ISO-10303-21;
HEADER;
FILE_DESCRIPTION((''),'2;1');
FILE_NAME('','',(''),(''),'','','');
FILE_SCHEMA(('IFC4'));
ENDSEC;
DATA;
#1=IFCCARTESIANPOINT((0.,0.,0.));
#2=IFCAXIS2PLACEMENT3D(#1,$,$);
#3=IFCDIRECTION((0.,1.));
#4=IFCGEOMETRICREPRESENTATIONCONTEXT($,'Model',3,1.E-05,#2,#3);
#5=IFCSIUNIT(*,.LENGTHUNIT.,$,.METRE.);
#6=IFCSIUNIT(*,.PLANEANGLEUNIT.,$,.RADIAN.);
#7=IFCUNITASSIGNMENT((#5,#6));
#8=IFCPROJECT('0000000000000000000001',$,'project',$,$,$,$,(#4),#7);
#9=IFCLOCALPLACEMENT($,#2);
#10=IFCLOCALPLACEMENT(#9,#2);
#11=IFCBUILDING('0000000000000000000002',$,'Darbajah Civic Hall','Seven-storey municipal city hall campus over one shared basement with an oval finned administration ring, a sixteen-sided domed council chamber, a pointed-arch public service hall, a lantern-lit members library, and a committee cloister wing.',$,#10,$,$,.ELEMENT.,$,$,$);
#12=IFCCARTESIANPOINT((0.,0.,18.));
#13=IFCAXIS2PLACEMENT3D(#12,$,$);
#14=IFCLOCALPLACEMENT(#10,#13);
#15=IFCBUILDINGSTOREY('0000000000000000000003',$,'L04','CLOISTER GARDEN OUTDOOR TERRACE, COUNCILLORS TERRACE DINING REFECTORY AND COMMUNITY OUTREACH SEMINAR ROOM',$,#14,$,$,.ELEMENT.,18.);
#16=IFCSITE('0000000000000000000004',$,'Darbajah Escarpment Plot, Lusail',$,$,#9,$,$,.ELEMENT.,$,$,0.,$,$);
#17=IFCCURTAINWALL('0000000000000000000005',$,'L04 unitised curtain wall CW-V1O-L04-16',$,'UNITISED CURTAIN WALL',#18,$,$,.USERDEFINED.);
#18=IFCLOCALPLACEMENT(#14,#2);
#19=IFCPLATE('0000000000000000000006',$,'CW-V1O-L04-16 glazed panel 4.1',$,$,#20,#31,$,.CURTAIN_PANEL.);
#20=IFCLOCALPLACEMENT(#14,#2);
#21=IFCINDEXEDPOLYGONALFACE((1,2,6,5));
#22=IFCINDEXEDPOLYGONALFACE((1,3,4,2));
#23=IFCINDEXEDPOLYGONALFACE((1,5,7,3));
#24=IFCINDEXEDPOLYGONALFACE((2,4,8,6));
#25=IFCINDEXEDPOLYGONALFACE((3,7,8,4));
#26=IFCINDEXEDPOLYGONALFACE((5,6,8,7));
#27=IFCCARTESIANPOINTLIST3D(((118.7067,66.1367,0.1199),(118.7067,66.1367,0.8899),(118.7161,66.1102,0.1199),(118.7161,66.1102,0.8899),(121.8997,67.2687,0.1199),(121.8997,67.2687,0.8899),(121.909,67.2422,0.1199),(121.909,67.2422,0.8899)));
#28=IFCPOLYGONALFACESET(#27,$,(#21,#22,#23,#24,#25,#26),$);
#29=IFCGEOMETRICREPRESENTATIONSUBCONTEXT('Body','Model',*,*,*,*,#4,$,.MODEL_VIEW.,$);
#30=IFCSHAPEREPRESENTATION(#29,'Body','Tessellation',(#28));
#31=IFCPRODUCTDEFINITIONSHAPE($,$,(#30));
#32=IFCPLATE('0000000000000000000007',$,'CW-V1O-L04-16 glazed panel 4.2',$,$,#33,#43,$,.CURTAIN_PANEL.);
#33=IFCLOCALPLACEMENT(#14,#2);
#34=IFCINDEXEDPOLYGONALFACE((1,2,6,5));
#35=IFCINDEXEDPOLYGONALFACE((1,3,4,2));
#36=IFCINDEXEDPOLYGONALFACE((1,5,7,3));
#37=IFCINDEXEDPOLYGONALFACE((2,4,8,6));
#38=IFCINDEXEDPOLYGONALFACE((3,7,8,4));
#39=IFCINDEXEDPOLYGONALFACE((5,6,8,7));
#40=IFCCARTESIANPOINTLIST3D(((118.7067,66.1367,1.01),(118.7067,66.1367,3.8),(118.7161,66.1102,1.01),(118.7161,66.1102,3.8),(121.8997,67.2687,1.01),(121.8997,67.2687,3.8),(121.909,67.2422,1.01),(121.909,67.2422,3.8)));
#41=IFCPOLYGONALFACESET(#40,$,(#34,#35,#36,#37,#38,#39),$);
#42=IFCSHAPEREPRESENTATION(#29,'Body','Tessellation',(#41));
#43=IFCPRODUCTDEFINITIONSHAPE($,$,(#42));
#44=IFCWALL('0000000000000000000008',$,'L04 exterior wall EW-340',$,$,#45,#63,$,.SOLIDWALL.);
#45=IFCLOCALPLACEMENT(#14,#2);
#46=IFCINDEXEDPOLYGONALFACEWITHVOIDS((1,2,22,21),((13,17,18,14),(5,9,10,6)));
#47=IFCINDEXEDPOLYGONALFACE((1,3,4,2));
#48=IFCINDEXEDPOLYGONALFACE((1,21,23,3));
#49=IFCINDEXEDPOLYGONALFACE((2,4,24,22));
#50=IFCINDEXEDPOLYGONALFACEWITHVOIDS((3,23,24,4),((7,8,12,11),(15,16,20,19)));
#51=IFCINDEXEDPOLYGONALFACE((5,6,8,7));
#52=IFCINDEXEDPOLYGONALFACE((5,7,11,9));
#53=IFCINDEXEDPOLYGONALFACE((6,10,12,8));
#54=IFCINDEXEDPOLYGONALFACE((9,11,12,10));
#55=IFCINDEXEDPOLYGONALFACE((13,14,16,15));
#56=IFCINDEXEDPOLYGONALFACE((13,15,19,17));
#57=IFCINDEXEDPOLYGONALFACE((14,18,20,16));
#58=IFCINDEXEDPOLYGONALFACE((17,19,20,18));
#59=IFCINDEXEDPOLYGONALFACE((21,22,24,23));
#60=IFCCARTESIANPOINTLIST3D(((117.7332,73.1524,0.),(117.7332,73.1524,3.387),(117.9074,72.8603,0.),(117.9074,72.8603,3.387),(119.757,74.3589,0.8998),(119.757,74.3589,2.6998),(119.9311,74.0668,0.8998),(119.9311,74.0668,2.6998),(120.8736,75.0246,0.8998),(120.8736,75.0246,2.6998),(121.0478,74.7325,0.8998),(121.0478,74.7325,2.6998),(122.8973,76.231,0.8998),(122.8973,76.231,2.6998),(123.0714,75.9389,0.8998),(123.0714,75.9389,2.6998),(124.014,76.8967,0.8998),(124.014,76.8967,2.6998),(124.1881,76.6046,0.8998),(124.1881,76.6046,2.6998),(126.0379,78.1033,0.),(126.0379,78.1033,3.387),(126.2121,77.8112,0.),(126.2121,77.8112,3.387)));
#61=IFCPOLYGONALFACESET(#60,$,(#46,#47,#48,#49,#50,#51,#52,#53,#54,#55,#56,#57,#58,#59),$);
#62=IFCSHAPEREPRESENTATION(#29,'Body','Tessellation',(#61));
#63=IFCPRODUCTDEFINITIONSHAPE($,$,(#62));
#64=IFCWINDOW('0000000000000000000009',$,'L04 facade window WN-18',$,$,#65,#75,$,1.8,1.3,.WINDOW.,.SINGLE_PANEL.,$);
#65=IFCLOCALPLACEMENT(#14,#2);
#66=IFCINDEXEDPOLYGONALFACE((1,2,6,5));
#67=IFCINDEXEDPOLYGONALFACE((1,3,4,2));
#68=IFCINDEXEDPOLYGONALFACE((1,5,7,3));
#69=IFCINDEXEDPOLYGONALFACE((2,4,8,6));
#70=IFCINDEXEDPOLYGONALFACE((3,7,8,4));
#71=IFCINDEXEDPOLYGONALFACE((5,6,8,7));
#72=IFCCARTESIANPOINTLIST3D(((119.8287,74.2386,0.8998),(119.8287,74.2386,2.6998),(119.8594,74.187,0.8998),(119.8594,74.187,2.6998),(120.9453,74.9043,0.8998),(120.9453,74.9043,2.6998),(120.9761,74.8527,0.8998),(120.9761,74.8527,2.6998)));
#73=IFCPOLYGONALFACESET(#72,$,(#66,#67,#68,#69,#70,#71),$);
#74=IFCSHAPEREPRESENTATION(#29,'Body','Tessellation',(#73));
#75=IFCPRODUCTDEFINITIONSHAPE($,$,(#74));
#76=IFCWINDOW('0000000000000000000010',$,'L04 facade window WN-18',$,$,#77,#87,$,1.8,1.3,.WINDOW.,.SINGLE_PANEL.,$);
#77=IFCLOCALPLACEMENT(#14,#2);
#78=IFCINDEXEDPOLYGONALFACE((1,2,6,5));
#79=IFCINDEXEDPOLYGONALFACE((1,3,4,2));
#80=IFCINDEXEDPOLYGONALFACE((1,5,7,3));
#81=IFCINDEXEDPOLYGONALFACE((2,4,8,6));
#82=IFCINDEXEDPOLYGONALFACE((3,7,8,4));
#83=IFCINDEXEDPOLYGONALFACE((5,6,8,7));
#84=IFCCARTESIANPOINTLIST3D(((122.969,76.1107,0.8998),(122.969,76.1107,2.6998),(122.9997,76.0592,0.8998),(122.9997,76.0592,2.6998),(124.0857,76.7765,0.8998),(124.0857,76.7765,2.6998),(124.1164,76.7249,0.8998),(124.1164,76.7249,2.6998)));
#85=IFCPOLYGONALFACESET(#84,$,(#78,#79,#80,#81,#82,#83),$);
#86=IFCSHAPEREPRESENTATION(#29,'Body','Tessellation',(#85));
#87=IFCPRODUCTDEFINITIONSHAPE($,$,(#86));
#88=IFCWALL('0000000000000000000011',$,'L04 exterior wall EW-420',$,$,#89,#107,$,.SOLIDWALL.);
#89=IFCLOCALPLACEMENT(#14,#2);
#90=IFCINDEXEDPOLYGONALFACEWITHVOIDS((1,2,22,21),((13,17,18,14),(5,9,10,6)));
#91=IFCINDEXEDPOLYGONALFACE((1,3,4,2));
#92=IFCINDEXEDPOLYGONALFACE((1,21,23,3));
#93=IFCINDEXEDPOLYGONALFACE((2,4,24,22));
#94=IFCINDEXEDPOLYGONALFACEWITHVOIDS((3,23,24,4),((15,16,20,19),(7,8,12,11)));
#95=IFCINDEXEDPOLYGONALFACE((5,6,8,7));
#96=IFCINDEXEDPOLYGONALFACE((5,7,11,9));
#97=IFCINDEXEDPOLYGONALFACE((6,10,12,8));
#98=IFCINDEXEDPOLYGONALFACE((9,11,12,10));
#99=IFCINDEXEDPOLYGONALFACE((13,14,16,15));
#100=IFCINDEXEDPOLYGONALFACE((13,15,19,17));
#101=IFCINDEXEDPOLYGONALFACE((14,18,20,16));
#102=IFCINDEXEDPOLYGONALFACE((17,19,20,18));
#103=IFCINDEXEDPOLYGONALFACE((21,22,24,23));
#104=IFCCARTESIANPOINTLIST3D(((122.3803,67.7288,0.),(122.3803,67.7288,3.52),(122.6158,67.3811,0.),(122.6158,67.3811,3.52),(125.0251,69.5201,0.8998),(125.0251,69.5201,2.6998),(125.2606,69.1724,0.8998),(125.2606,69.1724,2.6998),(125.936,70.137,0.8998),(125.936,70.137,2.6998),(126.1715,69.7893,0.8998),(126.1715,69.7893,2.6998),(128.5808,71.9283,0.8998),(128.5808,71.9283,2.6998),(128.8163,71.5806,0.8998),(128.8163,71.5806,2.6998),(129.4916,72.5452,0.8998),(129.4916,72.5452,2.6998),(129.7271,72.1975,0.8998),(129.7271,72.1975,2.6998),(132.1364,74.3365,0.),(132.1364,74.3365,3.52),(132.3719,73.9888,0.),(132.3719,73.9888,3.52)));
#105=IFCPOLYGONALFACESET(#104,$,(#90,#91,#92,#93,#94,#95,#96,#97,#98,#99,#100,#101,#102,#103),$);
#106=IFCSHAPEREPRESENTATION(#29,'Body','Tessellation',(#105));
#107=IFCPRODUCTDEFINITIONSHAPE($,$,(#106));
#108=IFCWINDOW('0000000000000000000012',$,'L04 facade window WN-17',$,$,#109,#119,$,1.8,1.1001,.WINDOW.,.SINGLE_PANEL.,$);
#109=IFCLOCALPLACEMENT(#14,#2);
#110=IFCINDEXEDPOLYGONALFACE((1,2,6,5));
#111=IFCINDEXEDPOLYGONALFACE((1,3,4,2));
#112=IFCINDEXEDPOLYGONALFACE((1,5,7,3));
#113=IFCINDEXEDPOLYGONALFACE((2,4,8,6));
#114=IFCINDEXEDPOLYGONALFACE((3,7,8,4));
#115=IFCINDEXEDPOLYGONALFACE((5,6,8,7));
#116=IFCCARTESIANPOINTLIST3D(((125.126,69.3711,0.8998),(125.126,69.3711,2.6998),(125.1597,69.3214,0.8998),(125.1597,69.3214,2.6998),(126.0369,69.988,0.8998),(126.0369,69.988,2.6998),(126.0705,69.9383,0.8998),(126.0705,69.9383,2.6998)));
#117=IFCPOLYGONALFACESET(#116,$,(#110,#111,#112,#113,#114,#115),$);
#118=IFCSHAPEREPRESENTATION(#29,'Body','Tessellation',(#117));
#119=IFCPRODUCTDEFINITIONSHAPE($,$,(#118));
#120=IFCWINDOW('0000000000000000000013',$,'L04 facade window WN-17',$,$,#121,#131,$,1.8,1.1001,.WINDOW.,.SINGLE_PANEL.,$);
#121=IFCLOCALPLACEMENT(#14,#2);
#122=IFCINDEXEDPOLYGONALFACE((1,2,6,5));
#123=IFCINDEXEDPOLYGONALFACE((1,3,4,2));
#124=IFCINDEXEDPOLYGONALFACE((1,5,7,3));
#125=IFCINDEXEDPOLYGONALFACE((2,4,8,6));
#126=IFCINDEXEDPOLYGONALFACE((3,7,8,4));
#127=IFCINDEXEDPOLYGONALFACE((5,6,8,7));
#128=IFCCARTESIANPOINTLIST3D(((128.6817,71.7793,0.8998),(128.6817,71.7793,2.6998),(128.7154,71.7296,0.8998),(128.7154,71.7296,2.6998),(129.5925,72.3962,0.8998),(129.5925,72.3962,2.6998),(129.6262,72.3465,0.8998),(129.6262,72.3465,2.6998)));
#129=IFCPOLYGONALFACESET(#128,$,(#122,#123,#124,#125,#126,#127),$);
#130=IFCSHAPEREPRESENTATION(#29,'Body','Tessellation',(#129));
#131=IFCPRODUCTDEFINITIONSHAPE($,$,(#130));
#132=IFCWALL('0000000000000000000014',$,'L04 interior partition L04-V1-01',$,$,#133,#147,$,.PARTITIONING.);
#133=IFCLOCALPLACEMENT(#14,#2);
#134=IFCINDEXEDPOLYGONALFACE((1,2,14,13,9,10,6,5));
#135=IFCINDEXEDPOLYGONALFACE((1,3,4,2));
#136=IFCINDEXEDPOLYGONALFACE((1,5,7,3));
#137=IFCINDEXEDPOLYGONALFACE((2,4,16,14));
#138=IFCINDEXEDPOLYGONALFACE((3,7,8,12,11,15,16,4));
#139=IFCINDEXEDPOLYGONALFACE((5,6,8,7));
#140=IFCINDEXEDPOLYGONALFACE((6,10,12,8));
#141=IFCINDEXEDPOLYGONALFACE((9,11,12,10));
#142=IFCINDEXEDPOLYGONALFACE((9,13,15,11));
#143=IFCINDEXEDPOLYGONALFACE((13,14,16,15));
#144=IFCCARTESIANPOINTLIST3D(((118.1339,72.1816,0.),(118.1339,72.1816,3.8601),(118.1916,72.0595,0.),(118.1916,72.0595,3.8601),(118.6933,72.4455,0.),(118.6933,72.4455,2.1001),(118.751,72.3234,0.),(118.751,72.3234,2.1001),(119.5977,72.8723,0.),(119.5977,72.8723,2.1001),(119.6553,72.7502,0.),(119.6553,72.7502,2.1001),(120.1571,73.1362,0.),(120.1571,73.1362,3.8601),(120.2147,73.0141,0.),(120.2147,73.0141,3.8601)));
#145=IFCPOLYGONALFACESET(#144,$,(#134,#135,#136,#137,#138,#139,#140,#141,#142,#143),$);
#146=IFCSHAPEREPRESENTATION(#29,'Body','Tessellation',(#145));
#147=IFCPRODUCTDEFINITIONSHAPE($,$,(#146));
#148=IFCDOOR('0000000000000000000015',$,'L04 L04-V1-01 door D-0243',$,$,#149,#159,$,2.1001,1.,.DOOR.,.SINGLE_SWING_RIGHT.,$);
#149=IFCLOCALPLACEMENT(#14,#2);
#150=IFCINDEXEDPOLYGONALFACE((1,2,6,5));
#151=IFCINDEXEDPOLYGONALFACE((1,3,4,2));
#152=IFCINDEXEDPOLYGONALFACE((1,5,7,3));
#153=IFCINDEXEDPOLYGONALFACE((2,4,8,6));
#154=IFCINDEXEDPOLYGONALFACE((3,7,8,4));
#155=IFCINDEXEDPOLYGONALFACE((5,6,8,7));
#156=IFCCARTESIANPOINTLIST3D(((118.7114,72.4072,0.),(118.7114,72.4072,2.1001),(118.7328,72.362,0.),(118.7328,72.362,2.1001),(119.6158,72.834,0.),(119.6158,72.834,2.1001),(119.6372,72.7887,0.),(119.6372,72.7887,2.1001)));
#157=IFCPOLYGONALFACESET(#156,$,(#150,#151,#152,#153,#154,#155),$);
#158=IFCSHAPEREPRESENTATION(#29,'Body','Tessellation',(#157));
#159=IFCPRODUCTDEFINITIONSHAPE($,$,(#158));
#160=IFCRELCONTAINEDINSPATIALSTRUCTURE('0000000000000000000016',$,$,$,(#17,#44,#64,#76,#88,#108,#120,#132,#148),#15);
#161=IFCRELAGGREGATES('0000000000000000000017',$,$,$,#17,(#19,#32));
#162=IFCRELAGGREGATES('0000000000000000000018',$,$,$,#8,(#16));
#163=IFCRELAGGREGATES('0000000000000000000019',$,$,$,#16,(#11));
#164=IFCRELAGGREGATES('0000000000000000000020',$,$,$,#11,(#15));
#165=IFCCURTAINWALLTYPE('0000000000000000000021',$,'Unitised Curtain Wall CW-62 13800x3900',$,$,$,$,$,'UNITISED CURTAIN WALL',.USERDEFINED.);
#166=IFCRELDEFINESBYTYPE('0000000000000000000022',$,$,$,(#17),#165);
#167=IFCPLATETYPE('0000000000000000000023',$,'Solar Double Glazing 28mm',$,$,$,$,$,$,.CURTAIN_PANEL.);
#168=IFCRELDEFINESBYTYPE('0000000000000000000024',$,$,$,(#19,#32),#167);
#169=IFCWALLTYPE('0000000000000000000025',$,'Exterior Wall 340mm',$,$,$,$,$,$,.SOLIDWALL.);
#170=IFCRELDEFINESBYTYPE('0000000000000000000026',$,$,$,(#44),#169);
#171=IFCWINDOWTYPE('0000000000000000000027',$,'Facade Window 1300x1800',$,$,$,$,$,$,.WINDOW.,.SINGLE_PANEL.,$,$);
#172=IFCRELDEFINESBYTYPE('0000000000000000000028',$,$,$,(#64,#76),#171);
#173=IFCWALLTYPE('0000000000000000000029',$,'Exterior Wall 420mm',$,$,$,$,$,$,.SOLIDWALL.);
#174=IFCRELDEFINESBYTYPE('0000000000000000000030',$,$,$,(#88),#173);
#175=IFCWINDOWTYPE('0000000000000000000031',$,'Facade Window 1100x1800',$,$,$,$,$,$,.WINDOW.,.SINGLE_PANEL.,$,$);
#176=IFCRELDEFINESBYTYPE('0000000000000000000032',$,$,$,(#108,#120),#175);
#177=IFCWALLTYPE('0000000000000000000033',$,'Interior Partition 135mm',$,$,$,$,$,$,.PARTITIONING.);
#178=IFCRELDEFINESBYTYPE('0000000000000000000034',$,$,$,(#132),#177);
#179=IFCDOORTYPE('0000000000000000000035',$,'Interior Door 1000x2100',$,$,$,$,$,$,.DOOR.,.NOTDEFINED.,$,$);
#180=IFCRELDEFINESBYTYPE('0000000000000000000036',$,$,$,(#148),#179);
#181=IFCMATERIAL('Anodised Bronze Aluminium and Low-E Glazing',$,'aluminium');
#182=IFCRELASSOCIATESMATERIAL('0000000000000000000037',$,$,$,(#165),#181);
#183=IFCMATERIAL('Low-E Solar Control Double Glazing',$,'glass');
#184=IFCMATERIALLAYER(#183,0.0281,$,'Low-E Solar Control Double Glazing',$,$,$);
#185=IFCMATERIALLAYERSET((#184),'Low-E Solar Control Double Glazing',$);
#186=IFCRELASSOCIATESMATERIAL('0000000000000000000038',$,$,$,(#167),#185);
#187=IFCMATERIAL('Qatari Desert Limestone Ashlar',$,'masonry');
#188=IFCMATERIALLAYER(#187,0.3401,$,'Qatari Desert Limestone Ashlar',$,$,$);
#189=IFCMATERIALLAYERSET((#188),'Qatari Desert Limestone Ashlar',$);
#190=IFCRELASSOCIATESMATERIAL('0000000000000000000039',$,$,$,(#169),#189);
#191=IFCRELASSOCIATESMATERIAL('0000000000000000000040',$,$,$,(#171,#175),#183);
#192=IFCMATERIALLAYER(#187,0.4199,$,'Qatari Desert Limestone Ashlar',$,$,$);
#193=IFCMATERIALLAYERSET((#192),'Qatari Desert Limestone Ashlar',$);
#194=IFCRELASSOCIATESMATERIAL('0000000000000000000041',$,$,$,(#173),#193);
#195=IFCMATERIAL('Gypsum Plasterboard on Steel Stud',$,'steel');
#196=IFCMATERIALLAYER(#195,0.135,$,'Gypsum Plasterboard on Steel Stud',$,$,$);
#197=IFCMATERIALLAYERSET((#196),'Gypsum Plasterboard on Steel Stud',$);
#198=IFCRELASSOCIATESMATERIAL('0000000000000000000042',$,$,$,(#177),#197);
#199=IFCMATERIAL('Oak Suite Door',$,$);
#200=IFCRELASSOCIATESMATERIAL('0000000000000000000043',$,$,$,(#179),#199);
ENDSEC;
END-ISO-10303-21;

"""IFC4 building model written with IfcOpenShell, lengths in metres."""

from ifc_helpers import new_model, si_unit, direction, frame, frame_2d, origin, origin_2d, place, context, subcontext, project, spatial, rectangle, extrude, material, layer, layer_set, type_object, element, fill, aggregate, save


model = new_model("IFC4")

# Units and contexts
model_context = context("Model", 3, precision=1e-05, world=origin(), true_north=direction((0.0, 1.0)))
body_context = subcontext(model_context, "Body", "Model", "MODEL_VIEW")
ifc_project = project(units=[si_unit("LENGTHUNIT", "METRE"), si_unit("PLANEANGLEUNIT", "RADIAN")], contexts=[model_context])

# Site, building, storey
site_placement = place(None, origin())
site = spatial("IfcSite", under=ifc_project, at=site_placement, Name="Darbajah Escarpment Plot, Lusail", CompositionType="ELEMENT", RefElevation=0.0)
building_placement = place(site_placement, origin())
building = spatial("IfcBuilding", under=site, at=building_placement, Name="Darbajah Civic Hall", Description="Seven-storey municipal city hall campus over one shared basement with an oval finned administration ring, a sixteen-sided domed council chamber, a pointed-arch public service hall, a lantern-lit members library, and a committee cloister wing.", CompositionType="ELEMENT")
storey_placement = place(building_placement, frame((0.0, 0.0, 18.0)))
storey = spatial("IfcBuildingStorey", under=building, at=storey_placement, Name="L04", Description="CLOISTER GARDEN OUTDOOR TERRACE, COUNCILLORS TERRACE DINING REFECTORY AND COMMUNITY OUTREACH SEMINAR ROOM", CompositionType="ELEMENT", Elevation=18.0)

# Curtain wall
ifc_material_1 = material(Name="Anodised Bronze Aluminium and Low-E Glazing", Category="aluminium")
curtain_wall_type = type_object("IfcCurtainWallType", Name="Unitised Curtain Wall CW-62 13800x3900", ElementType="UNITISED CURTAIN WALL", PredefinedType="USERDEFINED", material=ifc_material_1)
curtain_wall_placement = place(storey_placement, origin())
curtain_wall = element("IfcCurtainWall", 1, at=curtain_wall_placement, inside=storey, type_object=curtain_wall_type, Name="L04 unitised curtain wall CW-V1O-L04-16", ObjectType="UNITISED CURTAIN WALL", PredefinedType="USERDEFINED")

# Plates
ifc_material_2 = material(Name="Low-E Solar Control Double Glazing", Category="glass")
ifc_layer_1 = layer(ifc_material_2, 0.0281, Name="Low-E Solar Control Double Glazing")
ifc_layer_set_1 = layer_set([ifc_layer_1], Name="Low-E Solar Control Double Glazing")
plate_type = type_object("IfcPlateType", Name="Solar Double Glazing 28mm", PredefinedType="CURTAIN_PANEL", material=ifc_layer_set_1)
plate_1_placement = place(storey_placement, frame((120.3079, 66.6895, 0.1199), z_axis=(0.0, 0.0, 1.0), x_axis=(0.942525, 0.334136, 0.0)))
plate_1 = element("IfcPlate", 2, at=plate_1_placement, type_object=plate_type, Name="CW-V1O-L04-16 glazed panel 4.1", PredefinedType="CURTAIN_PANEL", context=body_context, shape_type="SweptSolid", body=[
    extrude(rectangle(XDim=3.3877, YDim=0.0281, at=origin_2d()), origin(), (0.0, 0.0, 1.0), 0.77),
])
plate_2_placement = place(storey_placement, frame((120.3079, 66.6895, 1.01), z_axis=(0.0, 0.0, 1.0), x_axis=(0.942525, 0.334136, 0.0)))
plate_2 = element("IfcPlate", 3, at=plate_2_placement, type_object=plate_type, Name="CW-V1O-L04-16 glazed panel 4.2", PredefinedType="CURTAIN_PANEL", context=body_context, shape_type="SweptSolid", body=[
    extrude(rectangle(XDim=3.3877, YDim=0.0281, at=origin_2d()), origin(), (0.0, 0.0, 1.0), 2.79),
])
aggregate(curtain_wall, [plate_1, plate_2])

# Walls, openings, windows
ifc_material_3 = material(Name="Qatari Desert Limestone Ashlar", Category="masonry")
ifc_layer_2 = layer(ifc_material_3, 0.3401, Name="Qatari Desert Limestone Ashlar")
ifc_layer_set_2 = layer_set([ifc_layer_2], Name="Qatari Desert Limestone Ashlar")
wall_type_1 = type_object("IfcWallType", Name="Exterior Wall 340mm", PredefinedType="SOLIDWALL", material=ifc_layer_set_2)
wall_1_placement = place(storey_placement, frame((117.8203, 73.0063, 0.0), z_axis=(0.0, 0.0, 1.0), x_axis=(0.858944, 0.512069, 0.0)))
wall_1 = element("IfcWall", 4, at=wall_1_placement, inside=storey, type_object=wall_type_1, Name="L04 exterior wall EW-340", PredefinedType="SOLIDWALL", context=body_context, shape_type="SweptSolid", body=[
    extrude(rectangle(XDim=9.6685, YDim=0.3401, at=frame_2d((4.8342, 0.0))), origin(), (0.0, 0.0, 1.0), 3.387),
])
opening_1_placement = place(wall_1_placement, frame((2.3562, 0.0, 0.8999)))
opening_1 = element("IfcOpeningElement", 5, at=opening_1_placement, cuts=wall_1, PredefinedType="OPENING", context=body_context, shape_type="SweptSolid", body=[
    extrude(rectangle(XDim=1.3, YDim=1.8, at=frame_2d((0.6499, 0.8999))), frame((0.0, 0.1799, 0.0), z_axis=(0.0, -1.0, 0.0), x_axis=(1.0, 0.0, 0.0)), (0.0, 0.0, 1.0), 0.3601),
])
opening_2_placement = place(wall_1_placement, frame((6.0122, 0.0, 0.8999)))
opening_2 = element("IfcOpeningElement", 6, at=opening_2_placement, cuts=wall_1, PredefinedType="OPENING", context=body_context, shape_type="SweptSolid", body=[
    extrude(rectangle(XDim=1.3, YDim=1.8, at=frame_2d((0.6499, 0.8999))), frame((0.0, 0.1799, 0.0), z_axis=(0.0, -1.0, 0.0), x_axis=(1.0, 0.0, 0.0)), (0.0, 0.0, 1.0), 0.3601),
])
window_type_1 = type_object("IfcWindowType", Name="Facade Window 1300x1800", PartitioningType="SINGLE_PANEL", PredefinedType="WINDOW", material=ifc_material_2)
window_1_placement = place(opening_1_placement, origin())
window_1 = element("IfcWindow", 7, at=window_1_placement, inside=storey, type_object=window_type_1, Name="L04 facade window WN-18", OverallHeight=1.8, OverallWidth=1.3, PartitioningType="SINGLE_PANEL", PredefinedType="WINDOW", context=body_context, shape_type="SweptSolid", body=[
    extrude(rectangle(XDim=1.3, YDim=1.8, at=frame_2d((0.6499, 0.8999))), frame((0.0, 0.03, 0.0), z_axis=(0.0, -1.0, 0.0), x_axis=(1.0, 0.0, 0.0)), (0.0, 0.0, 1.0), 0.0601),
])
fill(opening_1, window_1)
window_2_placement = place(opening_2_placement, origin())
window_2 = element("IfcWindow", 8, at=window_2_placement, inside=storey, type_object=window_type_1, Name="L04 facade window WN-18", OverallHeight=1.8, OverallWidth=1.3, PartitioningType="SINGLE_PANEL", PredefinedType="WINDOW", context=body_context, shape_type="SweptSolid", body=[
    extrude(rectangle(XDim=1.3, YDim=1.8, at=frame_2d((0.6499, 0.8999))), frame((0.0, 0.03, 0.0), z_axis=(0.0, -1.0, 0.0), x_axis=(1.0, 0.0, 0.0)), (0.0, 0.0, 1.0), 0.0601),
])
fill(opening_2, window_2)
ifc_layer_3 = layer(ifc_material_3, 0.4199, Name="Qatari Desert Limestone Ashlar")
ifc_layer_set_3 = layer_set([ifc_layer_3], Name="Qatari Desert Limestone Ashlar")
wall_type_2 = type_object("IfcWallType", Name="Exterior Wall 420mm", PredefinedType="SOLIDWALL", material=ifc_layer_set_3)
wall_2_placement = place(storey_placement, frame((122.498, 67.5549, 0.0), z_axis=(0.0, 0.0, 1.0), x_axis=(0.82797, 0.560772, 0.0)))
wall_2 = element("IfcWall", 9, at=wall_2_placement, inside=storey, type_object=wall_type_2, Name="L04 exterior wall EW-420", PredefinedType="SOLIDWALL", context=body_context, shape_type="SweptSolid", body=[
    extrude(rectangle(XDim=11.7832, YDim=0.4199, at=frame_2d((5.8916, 0.0))), origin(), (0.0, 0.0, 1.0), 3.52),
])
opening_3_placement = place(wall_2_placement, frame((3.1943, 0.0, 0.8999)))
opening_3 = element("IfcOpeningElement", 10, at=opening_3_placement, cuts=wall_2, PredefinedType="OPENING", context=body_context, shape_type="SweptSolid", body=[
    extrude(rectangle(XDim=1.1001, YDim=1.8, at=frame_2d((0.55, 0.8999))), frame((0.0, 0.22, 0.0), z_axis=(0.0, -1.0, 0.0), x_axis=(1.0, 0.0, 0.0)), (0.0, 0.0, 1.0), 0.4399),
])
opening_4_placement = place(wall_2_placement, frame((7.4888, 0.0, 0.8999)))
opening_4 = element("IfcOpeningElement", 11, at=opening_4_placement, cuts=wall_2, PredefinedType="OPENING", context=body_context, shape_type="SweptSolid", body=[
    extrude(rectangle(XDim=1.1001, YDim=1.8, at=frame_2d((0.55, 0.8999))), frame((0.0, 0.22, 0.0), z_axis=(0.0, -1.0, 0.0), x_axis=(1.0, 0.0, 0.0)), (0.0, 0.0, 1.0), 0.4399),
])
window_type_2 = type_object("IfcWindowType", Name="Facade Window 1100x1800", PartitioningType="SINGLE_PANEL", PredefinedType="WINDOW", material=ifc_material_2)
window_3_placement = place(opening_3_placement, origin())
window_3 = element("IfcWindow", 12, at=window_3_placement, inside=storey, type_object=window_type_2, Name="L04 facade window WN-17", OverallHeight=1.8, OverallWidth=1.1001, PartitioningType="SINGLE_PANEL", PredefinedType="WINDOW", context=body_context, shape_type="SweptSolid", body=[
    extrude(rectangle(XDim=1.1001, YDim=1.8, at=frame_2d((0.55, 0.8999))), frame((0.0, 0.03, 0.0), z_axis=(0.0, -1.0, 0.0), x_axis=(1.0, 0.0, 0.0)), (0.0, 0.0, 1.0), 0.0601),
])
fill(opening_3, window_3)
window_4_placement = place(opening_4_placement, origin())
window_4 = element("IfcWindow", 13, at=window_4_placement, inside=storey, type_object=window_type_2, Name="L04 facade window WN-17", OverallHeight=1.8, OverallWidth=1.1001, PartitioningType="SINGLE_PANEL", PredefinedType="WINDOW", context=body_context, shape_type="SweptSolid", body=[
    extrude(rectangle(XDim=1.1001, YDim=1.8, at=frame_2d((0.55, 0.8999))), frame((0.0, 0.03, 0.0), z_axis=(0.0, -1.0, 0.0), x_axis=(1.0, 0.0, 0.0)), (0.0, 0.0, 1.0), 0.0601),
])
fill(opening_4, window_4)

# Wall, opening, door
ifc_material_4 = material(Name="Gypsum Plasterboard on Steel Stud", Category="steel")
ifc_layer_4 = layer(ifc_material_4, 0.135, Name="Gypsum Plasterboard on Steel Stud")
ifc_layer_set_4 = layer_set([ifc_layer_4], Name="Gypsum Plasterboard on Steel Stud")
wall_type_3 = type_object("IfcWallType", Name="Interior Partition 135mm", PredefinedType="PARTITIONING", material=ifc_layer_set_4)
wall_3_placement = place(storey_placement, frame((120.186, 73.0752, 0.0), z_axis=(0.0, 0.0, 1.0), x_axis=(-0.904388, -0.426711, 0.0)))
wall_3 = element("IfcWall", 14, at=wall_3_placement, inside=storey, type_object=wall_type_3, Name="L04 interior partition L04-V1-01", PredefinedType="PARTITIONING", context=body_context, shape_type="SweptSolid", body=[
    extrude(rectangle(XDim=2.2371, YDim=0.135, at=frame_2d((1.1187, 0.0))), origin(), (0.0, 0.0, 1.0), 3.8601),
])
opening_5_placement = place(wall_3_placement, frame((0.6187, 0.0, 0.0)))
opening_5 = element("IfcOpeningElement", 15, at=opening_5_placement, cuts=wall_3, PredefinedType="OPENING", context=body_context, shape_type="SweptSolid", body=[
    extrude(rectangle(XDim=1.0, YDim=2.1001, at=frame_2d((0.5, 1.05))), frame((0.0, 0.0774, 0.0), z_axis=(0.0, -1.0, 0.0), x_axis=(1.0, 0.0, 0.0)), (0.0, 0.0, 1.0), 0.155),
])
ifc_material_5 = material(Name="Oak Suite Door")
door_type = type_object("IfcDoorType", Name="Interior Door 1000x2100", OperationType="NOTDEFINED", PredefinedType="DOOR", material=ifc_material_5)
door_placement = place(opening_5_placement, origin())
door = element("IfcDoor", 16, at=door_placement, inside=storey, type_object=door_type, Name="L04 L04-V1-01 door D-0243", OperationType="SINGLE_SWING_RIGHT", OverallHeight=2.1001, OverallWidth=1.0, PredefinedType="DOOR", context=body_context, shape_type="SweptSolid", body=[
    extrude(rectangle(XDim=1.0, YDim=2.1001, at=frame_2d((0.5, 1.05))), frame((0.0, 0.0249, 0.0), z_axis=(0.0, -1.0, 0.0), x_axis=(1.0, 0.0, 0.0)), (0.0, 0.0, 1.0), 0.05),
])
fill(opening_5, door)

save(model, "model.ifc")
